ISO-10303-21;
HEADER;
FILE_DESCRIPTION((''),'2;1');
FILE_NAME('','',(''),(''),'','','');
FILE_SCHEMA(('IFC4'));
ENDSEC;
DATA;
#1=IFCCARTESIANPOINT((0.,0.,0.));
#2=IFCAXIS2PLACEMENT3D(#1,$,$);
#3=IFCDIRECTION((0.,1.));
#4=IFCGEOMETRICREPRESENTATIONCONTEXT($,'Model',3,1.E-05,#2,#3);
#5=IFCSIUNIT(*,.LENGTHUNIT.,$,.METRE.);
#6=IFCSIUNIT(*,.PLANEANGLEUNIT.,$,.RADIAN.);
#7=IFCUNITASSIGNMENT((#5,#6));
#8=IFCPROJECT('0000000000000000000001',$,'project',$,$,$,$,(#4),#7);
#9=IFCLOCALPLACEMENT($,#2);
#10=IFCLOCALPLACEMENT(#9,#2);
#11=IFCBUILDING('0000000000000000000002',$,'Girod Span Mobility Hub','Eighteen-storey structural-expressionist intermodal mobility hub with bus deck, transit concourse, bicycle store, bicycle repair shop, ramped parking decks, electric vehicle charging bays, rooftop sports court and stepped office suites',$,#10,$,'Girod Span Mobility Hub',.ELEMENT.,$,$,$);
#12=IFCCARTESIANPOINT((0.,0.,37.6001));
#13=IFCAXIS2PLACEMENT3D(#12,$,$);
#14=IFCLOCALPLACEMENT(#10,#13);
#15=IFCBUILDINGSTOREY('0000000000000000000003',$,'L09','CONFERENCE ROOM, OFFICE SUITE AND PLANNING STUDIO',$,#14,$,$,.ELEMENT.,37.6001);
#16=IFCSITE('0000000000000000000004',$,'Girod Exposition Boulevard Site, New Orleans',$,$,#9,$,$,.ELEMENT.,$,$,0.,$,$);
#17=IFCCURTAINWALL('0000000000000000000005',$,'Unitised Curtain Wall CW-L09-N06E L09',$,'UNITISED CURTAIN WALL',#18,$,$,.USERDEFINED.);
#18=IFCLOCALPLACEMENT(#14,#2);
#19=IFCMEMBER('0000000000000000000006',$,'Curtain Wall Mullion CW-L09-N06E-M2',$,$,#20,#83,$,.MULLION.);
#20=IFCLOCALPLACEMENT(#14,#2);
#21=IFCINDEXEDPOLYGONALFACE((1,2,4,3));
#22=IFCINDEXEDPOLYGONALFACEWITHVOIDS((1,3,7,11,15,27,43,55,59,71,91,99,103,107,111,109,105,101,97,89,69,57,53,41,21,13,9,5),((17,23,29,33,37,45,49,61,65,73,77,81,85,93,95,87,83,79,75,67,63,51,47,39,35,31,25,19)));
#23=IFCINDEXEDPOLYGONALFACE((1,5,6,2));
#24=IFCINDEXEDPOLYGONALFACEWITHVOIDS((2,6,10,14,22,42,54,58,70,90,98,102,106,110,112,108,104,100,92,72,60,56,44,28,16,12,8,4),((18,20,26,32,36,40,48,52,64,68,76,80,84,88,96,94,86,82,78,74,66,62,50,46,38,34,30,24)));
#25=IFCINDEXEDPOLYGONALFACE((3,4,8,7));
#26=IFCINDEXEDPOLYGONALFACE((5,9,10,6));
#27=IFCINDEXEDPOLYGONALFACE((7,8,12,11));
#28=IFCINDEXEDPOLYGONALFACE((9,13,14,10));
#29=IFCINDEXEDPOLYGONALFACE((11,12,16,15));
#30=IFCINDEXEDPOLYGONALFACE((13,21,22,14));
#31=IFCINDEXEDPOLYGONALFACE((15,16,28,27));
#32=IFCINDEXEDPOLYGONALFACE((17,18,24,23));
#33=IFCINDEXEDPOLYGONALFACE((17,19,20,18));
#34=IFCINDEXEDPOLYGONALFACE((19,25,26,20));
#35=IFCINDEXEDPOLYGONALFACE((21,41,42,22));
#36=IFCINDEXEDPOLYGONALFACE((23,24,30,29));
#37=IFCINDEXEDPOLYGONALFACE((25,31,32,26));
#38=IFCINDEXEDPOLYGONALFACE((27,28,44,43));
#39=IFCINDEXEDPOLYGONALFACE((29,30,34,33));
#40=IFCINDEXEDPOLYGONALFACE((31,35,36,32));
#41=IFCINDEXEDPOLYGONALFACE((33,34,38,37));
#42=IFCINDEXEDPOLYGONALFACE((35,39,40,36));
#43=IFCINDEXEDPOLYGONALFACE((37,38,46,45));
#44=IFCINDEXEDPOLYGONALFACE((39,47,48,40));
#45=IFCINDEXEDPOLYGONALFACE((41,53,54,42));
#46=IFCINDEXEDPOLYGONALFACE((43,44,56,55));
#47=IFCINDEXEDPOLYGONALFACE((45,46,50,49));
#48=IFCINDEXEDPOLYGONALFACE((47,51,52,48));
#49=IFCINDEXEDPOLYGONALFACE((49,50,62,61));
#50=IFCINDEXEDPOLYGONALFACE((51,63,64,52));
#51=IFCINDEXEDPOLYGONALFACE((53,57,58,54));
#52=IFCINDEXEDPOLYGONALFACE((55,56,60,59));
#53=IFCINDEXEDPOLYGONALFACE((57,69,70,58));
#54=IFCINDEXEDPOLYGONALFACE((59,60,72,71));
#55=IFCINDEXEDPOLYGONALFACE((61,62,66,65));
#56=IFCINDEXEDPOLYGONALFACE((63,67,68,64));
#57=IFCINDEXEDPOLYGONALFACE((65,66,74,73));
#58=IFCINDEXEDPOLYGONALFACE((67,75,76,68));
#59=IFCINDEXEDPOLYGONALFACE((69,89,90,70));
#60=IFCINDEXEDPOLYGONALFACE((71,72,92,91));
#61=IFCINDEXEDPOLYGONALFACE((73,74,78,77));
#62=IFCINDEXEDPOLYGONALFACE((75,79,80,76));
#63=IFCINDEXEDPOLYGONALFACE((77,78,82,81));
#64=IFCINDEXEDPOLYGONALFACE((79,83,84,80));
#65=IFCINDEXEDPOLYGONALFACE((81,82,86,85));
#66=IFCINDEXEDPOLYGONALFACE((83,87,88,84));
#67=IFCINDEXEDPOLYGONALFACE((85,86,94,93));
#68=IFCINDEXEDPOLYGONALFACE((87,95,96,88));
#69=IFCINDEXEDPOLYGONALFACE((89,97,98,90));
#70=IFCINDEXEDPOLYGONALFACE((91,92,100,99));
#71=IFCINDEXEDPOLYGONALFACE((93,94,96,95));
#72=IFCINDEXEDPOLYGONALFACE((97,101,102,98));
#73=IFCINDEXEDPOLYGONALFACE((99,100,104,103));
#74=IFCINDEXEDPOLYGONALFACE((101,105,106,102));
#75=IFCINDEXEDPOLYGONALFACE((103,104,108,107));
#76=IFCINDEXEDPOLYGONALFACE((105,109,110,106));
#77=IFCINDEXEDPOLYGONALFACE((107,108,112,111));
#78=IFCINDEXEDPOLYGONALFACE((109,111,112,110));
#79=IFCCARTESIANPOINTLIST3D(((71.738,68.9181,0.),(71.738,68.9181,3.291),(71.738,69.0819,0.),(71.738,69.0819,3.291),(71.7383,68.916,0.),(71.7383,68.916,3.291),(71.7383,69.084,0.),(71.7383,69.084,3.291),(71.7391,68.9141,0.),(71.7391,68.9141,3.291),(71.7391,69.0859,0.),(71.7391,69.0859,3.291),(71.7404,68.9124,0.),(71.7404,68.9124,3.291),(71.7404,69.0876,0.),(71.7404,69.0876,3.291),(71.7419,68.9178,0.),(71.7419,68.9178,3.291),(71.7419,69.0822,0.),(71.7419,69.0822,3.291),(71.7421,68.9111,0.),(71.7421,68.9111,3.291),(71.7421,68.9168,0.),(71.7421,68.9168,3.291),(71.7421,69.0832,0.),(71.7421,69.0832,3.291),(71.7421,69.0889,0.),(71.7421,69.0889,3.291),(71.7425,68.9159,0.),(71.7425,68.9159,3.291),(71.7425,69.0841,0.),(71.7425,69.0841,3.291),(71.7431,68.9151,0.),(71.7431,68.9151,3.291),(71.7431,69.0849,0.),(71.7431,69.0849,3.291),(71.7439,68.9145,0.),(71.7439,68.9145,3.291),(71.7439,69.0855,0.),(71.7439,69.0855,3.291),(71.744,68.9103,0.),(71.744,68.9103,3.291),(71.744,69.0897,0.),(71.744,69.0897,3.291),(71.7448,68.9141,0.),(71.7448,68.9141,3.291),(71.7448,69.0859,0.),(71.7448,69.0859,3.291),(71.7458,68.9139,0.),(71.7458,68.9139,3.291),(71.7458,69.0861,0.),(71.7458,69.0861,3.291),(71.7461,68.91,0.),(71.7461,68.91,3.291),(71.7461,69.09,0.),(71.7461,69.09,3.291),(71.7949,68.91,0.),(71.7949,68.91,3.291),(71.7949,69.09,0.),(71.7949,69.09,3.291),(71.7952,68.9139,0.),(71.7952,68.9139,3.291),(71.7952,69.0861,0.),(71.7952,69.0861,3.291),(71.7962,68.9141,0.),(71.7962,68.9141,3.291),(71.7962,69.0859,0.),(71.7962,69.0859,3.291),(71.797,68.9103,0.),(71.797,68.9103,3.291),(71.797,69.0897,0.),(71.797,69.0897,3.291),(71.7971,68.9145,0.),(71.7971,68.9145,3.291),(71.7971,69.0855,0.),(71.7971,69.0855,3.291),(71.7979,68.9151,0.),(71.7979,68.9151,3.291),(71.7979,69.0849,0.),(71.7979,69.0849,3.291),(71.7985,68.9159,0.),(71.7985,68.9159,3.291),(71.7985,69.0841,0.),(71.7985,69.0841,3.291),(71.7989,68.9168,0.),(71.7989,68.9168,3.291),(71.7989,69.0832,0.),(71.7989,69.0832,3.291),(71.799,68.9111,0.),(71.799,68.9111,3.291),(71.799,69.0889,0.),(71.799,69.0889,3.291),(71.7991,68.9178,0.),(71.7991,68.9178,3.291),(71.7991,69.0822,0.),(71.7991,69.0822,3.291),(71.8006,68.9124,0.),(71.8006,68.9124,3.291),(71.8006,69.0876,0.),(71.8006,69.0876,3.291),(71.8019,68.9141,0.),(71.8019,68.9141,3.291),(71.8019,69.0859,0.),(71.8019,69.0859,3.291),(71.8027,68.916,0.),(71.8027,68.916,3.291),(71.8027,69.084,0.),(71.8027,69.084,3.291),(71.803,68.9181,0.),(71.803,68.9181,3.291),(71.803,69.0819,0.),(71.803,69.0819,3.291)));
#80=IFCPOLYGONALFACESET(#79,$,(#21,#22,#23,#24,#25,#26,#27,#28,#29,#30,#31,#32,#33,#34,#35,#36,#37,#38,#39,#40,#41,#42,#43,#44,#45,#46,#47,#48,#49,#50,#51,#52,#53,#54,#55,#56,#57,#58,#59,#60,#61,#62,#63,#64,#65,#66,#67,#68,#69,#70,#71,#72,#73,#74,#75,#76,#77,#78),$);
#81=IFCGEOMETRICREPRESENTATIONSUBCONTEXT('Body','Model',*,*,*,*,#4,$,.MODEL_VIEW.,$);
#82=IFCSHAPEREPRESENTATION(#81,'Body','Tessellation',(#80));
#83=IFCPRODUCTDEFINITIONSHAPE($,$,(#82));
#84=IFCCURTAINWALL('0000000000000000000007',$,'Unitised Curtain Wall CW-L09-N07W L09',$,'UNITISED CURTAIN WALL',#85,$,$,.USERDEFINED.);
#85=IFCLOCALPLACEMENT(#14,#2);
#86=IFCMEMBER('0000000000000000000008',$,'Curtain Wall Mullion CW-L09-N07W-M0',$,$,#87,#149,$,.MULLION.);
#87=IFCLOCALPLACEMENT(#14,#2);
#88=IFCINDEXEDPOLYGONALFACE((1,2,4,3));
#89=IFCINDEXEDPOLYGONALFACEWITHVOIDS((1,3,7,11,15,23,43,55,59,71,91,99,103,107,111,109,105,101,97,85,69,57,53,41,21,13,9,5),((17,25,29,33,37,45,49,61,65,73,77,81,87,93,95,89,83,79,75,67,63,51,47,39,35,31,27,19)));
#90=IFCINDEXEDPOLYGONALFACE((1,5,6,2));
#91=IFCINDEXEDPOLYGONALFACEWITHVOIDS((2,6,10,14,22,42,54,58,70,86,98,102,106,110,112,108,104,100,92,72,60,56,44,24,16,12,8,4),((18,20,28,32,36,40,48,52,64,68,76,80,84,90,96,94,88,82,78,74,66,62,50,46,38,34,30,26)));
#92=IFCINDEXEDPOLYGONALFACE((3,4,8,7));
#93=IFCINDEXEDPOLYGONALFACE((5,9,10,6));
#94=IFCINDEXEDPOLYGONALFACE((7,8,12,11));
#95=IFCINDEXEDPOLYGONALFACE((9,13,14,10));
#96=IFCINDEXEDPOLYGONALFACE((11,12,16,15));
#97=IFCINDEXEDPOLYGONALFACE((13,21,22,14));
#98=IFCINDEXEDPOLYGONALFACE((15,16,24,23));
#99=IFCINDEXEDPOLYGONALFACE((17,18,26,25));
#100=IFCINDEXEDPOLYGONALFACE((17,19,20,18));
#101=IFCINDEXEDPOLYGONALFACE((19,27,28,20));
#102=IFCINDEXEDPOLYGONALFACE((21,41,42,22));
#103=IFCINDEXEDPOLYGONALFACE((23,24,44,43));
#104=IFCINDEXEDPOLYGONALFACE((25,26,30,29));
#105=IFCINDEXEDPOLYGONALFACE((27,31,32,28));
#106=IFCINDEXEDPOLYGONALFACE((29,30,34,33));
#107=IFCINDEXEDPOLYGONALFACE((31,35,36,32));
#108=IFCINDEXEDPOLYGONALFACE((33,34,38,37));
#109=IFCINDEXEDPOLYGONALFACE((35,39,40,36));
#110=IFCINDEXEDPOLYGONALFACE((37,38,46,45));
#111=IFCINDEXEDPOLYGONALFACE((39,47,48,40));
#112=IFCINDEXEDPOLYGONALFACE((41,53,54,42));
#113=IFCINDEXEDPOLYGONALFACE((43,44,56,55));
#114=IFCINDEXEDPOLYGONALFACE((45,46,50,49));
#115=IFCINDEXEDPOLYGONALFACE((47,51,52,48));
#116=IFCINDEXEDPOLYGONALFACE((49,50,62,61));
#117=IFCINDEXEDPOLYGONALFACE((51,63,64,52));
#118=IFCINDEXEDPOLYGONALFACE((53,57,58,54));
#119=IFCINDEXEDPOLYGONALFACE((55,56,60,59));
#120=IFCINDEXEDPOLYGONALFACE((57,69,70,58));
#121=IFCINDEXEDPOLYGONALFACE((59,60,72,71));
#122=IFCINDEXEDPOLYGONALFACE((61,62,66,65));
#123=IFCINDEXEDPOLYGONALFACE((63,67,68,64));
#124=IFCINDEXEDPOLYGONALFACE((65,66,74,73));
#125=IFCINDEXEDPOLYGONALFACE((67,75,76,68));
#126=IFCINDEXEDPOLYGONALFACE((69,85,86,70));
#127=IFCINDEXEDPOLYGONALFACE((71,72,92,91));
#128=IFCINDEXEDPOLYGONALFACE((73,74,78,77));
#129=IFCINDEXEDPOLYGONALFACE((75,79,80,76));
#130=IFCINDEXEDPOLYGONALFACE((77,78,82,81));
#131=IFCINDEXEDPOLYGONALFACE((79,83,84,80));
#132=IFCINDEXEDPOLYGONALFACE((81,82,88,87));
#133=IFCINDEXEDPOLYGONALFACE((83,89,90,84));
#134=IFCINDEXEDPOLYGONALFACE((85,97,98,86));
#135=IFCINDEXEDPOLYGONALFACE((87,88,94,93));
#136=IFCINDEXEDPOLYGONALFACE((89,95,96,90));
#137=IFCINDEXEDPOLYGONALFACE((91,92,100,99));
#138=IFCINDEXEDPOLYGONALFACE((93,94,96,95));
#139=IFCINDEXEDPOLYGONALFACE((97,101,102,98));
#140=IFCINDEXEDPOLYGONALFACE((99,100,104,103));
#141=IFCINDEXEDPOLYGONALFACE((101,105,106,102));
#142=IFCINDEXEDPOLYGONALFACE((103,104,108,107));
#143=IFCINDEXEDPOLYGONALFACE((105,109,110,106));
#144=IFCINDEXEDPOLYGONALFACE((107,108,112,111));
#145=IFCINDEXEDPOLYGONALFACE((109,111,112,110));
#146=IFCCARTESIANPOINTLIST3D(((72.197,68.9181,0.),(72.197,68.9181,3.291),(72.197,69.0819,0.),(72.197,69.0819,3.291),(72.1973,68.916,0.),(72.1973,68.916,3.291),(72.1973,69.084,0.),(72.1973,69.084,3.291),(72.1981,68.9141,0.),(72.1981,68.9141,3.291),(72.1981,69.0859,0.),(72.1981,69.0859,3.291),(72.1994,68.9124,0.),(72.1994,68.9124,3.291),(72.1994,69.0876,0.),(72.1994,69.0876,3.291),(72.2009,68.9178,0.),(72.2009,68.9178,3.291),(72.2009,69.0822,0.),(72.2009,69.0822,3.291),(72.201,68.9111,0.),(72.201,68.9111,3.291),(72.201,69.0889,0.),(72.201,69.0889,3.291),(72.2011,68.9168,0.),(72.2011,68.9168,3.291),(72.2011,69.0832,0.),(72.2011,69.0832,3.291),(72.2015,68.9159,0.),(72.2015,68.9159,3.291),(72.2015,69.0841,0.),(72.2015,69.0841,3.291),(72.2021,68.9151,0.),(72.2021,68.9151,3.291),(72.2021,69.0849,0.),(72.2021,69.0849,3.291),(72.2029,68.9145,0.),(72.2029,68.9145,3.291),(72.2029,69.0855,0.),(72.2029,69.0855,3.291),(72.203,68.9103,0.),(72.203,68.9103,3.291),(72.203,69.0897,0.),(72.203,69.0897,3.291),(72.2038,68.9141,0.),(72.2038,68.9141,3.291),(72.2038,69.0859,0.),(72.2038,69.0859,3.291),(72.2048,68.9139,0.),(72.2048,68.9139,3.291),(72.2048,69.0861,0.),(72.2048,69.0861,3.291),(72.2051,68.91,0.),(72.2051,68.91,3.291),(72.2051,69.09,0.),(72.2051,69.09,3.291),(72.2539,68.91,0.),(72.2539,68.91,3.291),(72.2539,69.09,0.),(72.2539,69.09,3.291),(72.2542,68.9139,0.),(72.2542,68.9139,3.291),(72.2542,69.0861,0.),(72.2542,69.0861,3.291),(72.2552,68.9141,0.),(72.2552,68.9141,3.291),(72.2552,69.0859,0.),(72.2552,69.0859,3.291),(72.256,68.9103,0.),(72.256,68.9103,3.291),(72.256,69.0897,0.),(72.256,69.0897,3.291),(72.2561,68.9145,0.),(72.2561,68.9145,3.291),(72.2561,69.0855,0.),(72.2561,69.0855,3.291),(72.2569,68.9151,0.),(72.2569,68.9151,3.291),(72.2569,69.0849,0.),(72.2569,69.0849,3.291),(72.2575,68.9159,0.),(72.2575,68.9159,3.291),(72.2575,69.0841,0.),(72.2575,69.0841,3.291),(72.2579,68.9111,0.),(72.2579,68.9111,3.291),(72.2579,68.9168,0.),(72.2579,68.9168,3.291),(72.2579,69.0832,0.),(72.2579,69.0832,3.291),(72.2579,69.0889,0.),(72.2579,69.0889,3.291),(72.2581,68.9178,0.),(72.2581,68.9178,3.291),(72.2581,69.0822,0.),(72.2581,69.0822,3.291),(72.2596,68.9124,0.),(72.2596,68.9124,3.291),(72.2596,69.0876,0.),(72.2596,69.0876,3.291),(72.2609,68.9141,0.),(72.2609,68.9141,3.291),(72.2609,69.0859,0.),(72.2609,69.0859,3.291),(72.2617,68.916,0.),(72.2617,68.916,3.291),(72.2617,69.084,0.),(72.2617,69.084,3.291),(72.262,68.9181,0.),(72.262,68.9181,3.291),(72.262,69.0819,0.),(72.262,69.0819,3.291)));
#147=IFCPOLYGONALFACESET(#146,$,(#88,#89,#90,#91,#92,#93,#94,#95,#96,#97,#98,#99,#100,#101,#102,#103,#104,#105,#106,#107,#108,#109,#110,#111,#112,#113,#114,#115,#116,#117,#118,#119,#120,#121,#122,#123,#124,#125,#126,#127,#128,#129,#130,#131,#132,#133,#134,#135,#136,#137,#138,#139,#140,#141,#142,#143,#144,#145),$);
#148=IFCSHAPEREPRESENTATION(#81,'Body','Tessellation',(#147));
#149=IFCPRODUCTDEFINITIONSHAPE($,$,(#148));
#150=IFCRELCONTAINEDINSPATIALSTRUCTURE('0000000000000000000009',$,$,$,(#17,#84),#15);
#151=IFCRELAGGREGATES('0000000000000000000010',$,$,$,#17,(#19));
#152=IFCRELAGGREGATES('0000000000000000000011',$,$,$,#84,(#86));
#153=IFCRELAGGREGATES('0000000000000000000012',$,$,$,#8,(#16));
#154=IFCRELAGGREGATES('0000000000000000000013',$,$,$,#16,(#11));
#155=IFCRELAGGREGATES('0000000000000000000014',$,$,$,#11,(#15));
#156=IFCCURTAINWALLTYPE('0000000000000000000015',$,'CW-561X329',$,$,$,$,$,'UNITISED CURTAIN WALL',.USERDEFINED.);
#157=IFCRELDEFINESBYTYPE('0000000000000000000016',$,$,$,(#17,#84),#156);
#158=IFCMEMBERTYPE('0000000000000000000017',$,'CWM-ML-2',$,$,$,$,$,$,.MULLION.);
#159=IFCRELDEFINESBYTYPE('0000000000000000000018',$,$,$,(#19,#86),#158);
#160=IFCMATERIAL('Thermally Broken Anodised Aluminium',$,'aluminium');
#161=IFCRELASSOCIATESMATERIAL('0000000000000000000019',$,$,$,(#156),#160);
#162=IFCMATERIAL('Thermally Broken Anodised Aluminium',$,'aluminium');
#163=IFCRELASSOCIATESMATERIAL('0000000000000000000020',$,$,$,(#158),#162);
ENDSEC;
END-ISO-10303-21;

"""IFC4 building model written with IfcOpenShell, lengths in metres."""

from ifc_helpers import new_model, si_unit, direction, frame, origin, origin_2d, place, context, subcontext, project, spatial, hollow_rectangle, extrude, material, material_profile, profile_set, type_object, element, aggregate, save


model = new_model("IFC4")

# Units and contexts
model_context = context("Model", 3, precision=1e-05, world=origin(), true_north=direction((0.0, 1.0)))
body_context = subcontext(model_context, "Body", "Model", "MODEL_VIEW")
ifc_project = project(units=[si_unit("LENGTHUNIT", "METRE"), si_unit("PLANEANGLEUNIT", "RADIAN")], contexts=[model_context])

# Site, building, storey
site_placement = place(None, origin())
site = spatial("IfcSite", under=ifc_project, at=site_placement, Name="Girod Exposition Boulevard Site, New Orleans", CompositionType="ELEMENT", RefElevation=0.0)
building_placement = place(site_placement, origin())
building = spatial("IfcBuilding", under=site, at=building_placement, Name="Girod Span Mobility Hub", Description="Eighteen-storey structural-expressionist intermodal mobility hub with bus deck, transit concourse, bicycle store, bicycle repair shop, ramped parking decks, electric vehicle charging bays, rooftop sports court and stepped office suites", LongName="Girod Span Mobility Hub", CompositionType="ELEMENT")
storey_placement = place(building_placement, frame((0.0, 0.0, 37.6001)))
storey = spatial("IfcBuildingStorey", under=building, at=storey_placement, Name="L09", Description="CONFERENCE ROOM, OFFICE SUITE AND PLANNING STUDIO", CompositionType="ELEMENT", Elevation=37.6001)

# Curtain wall, member
ifc_material_1 = material(Name="Thermally Broken Anodised Aluminium", Category="aluminium")
curtain_wall_type = type_object("IfcCurtainWallType", Name="CW-561X329", ElementType="UNITISED CURTAIN WALL", PredefinedType="USERDEFINED", material=ifc_material_1)
curtain_wall_1_placement = place(storey_placement, origin())
curtain_wall_1 = element("IfcCurtainWall", 1, at=curtain_wall_1_placement, inside=storey, type_object=curtain_wall_type, Name="Unitised Curtain Wall CW-L09-N06E L09", ObjectType="UNITISED CURTAIN WALL", PredefinedType="USERDEFINED")
ifc_material_2 = material(Name="Thermally Broken Anodised Aluminium", Category="aluminium")
ifc_material_profile_1 = material_profile(ifc_material_2, hollow_rectangle(XDim=0.1799, YDim=0.0649, WallThickness=0.0039, InnerFilletRadius=0.0039, OuterFilletRadius=0.0081, at=origin_2d()), Name="CW-ML-65X180")
ifc_profile_set_1 = profile_set([ifc_material_profile_1], Name="Thermally Broken Anodised Aluminium")
member_type_1 = type_object("IfcMemberType", Name="CWM-ML-2", PredefinedType="MULLION", material=ifc_profile_set_1)
member_1_placement = place(storey_placement, frame((71.7705, 69.0, 0.0), z_axis=(0.0, 0.0, 1.0), x_axis=(0.0, 1.0, 0.0)))
member_1 = element("IfcMember", 2, at=member_1_placement, type_object=member_type_1, Name="Curtain Wall Mullion CW-L09-N06E-M2", PredefinedType="MULLION", context=body_context, shape_type="SweptSolid", body=[
    extrude(hollow_rectangle(XDim=0.1799, YDim=0.0649, WallThickness=0.0039, InnerFilletRadius=0.0039, OuterFilletRadius=0.0081, at=origin_2d()), origin(), (0.0, 0.0, 1.0), 3.291),
])
aggregate(curtain_wall_1, [member_1])

# Curtain wall, member
curtain_wall_2_placement = place(storey_placement, origin())
curtain_wall_2 = element("IfcCurtainWall", 3, at=curtain_wall_2_placement, inside=storey, type_object=curtain_wall_type, Name="Unitised Curtain Wall CW-L09-N07W L09", ObjectType="UNITISED CURTAIN WALL", PredefinedType="USERDEFINED")
member_2_placement = place(storey_placement, frame((72.2295, 69.0, 0.0), z_axis=(0.0, 0.0, 1.0), x_axis=(0.0, 1.0, 0.0)))
member_2 = element("IfcMember", 4, at=member_2_placement, type_object=member_type_1, Name="Curtain Wall Mullion CW-L09-N07W-M0", PredefinedType="MULLION", context=body_context, shape_type="SweptSolid", body=[
    extrude(hollow_rectangle(XDim=0.1799, YDim=0.0649, WallThickness=0.0039, InnerFilletRadius=0.0039, OuterFilletRadius=0.0081, at=origin_2d()), origin(), (0.0, 0.0, 1.0), 3.291),
])

aggregate(curtain_wall_2, [member_2])

save(model, "model.ifc")
